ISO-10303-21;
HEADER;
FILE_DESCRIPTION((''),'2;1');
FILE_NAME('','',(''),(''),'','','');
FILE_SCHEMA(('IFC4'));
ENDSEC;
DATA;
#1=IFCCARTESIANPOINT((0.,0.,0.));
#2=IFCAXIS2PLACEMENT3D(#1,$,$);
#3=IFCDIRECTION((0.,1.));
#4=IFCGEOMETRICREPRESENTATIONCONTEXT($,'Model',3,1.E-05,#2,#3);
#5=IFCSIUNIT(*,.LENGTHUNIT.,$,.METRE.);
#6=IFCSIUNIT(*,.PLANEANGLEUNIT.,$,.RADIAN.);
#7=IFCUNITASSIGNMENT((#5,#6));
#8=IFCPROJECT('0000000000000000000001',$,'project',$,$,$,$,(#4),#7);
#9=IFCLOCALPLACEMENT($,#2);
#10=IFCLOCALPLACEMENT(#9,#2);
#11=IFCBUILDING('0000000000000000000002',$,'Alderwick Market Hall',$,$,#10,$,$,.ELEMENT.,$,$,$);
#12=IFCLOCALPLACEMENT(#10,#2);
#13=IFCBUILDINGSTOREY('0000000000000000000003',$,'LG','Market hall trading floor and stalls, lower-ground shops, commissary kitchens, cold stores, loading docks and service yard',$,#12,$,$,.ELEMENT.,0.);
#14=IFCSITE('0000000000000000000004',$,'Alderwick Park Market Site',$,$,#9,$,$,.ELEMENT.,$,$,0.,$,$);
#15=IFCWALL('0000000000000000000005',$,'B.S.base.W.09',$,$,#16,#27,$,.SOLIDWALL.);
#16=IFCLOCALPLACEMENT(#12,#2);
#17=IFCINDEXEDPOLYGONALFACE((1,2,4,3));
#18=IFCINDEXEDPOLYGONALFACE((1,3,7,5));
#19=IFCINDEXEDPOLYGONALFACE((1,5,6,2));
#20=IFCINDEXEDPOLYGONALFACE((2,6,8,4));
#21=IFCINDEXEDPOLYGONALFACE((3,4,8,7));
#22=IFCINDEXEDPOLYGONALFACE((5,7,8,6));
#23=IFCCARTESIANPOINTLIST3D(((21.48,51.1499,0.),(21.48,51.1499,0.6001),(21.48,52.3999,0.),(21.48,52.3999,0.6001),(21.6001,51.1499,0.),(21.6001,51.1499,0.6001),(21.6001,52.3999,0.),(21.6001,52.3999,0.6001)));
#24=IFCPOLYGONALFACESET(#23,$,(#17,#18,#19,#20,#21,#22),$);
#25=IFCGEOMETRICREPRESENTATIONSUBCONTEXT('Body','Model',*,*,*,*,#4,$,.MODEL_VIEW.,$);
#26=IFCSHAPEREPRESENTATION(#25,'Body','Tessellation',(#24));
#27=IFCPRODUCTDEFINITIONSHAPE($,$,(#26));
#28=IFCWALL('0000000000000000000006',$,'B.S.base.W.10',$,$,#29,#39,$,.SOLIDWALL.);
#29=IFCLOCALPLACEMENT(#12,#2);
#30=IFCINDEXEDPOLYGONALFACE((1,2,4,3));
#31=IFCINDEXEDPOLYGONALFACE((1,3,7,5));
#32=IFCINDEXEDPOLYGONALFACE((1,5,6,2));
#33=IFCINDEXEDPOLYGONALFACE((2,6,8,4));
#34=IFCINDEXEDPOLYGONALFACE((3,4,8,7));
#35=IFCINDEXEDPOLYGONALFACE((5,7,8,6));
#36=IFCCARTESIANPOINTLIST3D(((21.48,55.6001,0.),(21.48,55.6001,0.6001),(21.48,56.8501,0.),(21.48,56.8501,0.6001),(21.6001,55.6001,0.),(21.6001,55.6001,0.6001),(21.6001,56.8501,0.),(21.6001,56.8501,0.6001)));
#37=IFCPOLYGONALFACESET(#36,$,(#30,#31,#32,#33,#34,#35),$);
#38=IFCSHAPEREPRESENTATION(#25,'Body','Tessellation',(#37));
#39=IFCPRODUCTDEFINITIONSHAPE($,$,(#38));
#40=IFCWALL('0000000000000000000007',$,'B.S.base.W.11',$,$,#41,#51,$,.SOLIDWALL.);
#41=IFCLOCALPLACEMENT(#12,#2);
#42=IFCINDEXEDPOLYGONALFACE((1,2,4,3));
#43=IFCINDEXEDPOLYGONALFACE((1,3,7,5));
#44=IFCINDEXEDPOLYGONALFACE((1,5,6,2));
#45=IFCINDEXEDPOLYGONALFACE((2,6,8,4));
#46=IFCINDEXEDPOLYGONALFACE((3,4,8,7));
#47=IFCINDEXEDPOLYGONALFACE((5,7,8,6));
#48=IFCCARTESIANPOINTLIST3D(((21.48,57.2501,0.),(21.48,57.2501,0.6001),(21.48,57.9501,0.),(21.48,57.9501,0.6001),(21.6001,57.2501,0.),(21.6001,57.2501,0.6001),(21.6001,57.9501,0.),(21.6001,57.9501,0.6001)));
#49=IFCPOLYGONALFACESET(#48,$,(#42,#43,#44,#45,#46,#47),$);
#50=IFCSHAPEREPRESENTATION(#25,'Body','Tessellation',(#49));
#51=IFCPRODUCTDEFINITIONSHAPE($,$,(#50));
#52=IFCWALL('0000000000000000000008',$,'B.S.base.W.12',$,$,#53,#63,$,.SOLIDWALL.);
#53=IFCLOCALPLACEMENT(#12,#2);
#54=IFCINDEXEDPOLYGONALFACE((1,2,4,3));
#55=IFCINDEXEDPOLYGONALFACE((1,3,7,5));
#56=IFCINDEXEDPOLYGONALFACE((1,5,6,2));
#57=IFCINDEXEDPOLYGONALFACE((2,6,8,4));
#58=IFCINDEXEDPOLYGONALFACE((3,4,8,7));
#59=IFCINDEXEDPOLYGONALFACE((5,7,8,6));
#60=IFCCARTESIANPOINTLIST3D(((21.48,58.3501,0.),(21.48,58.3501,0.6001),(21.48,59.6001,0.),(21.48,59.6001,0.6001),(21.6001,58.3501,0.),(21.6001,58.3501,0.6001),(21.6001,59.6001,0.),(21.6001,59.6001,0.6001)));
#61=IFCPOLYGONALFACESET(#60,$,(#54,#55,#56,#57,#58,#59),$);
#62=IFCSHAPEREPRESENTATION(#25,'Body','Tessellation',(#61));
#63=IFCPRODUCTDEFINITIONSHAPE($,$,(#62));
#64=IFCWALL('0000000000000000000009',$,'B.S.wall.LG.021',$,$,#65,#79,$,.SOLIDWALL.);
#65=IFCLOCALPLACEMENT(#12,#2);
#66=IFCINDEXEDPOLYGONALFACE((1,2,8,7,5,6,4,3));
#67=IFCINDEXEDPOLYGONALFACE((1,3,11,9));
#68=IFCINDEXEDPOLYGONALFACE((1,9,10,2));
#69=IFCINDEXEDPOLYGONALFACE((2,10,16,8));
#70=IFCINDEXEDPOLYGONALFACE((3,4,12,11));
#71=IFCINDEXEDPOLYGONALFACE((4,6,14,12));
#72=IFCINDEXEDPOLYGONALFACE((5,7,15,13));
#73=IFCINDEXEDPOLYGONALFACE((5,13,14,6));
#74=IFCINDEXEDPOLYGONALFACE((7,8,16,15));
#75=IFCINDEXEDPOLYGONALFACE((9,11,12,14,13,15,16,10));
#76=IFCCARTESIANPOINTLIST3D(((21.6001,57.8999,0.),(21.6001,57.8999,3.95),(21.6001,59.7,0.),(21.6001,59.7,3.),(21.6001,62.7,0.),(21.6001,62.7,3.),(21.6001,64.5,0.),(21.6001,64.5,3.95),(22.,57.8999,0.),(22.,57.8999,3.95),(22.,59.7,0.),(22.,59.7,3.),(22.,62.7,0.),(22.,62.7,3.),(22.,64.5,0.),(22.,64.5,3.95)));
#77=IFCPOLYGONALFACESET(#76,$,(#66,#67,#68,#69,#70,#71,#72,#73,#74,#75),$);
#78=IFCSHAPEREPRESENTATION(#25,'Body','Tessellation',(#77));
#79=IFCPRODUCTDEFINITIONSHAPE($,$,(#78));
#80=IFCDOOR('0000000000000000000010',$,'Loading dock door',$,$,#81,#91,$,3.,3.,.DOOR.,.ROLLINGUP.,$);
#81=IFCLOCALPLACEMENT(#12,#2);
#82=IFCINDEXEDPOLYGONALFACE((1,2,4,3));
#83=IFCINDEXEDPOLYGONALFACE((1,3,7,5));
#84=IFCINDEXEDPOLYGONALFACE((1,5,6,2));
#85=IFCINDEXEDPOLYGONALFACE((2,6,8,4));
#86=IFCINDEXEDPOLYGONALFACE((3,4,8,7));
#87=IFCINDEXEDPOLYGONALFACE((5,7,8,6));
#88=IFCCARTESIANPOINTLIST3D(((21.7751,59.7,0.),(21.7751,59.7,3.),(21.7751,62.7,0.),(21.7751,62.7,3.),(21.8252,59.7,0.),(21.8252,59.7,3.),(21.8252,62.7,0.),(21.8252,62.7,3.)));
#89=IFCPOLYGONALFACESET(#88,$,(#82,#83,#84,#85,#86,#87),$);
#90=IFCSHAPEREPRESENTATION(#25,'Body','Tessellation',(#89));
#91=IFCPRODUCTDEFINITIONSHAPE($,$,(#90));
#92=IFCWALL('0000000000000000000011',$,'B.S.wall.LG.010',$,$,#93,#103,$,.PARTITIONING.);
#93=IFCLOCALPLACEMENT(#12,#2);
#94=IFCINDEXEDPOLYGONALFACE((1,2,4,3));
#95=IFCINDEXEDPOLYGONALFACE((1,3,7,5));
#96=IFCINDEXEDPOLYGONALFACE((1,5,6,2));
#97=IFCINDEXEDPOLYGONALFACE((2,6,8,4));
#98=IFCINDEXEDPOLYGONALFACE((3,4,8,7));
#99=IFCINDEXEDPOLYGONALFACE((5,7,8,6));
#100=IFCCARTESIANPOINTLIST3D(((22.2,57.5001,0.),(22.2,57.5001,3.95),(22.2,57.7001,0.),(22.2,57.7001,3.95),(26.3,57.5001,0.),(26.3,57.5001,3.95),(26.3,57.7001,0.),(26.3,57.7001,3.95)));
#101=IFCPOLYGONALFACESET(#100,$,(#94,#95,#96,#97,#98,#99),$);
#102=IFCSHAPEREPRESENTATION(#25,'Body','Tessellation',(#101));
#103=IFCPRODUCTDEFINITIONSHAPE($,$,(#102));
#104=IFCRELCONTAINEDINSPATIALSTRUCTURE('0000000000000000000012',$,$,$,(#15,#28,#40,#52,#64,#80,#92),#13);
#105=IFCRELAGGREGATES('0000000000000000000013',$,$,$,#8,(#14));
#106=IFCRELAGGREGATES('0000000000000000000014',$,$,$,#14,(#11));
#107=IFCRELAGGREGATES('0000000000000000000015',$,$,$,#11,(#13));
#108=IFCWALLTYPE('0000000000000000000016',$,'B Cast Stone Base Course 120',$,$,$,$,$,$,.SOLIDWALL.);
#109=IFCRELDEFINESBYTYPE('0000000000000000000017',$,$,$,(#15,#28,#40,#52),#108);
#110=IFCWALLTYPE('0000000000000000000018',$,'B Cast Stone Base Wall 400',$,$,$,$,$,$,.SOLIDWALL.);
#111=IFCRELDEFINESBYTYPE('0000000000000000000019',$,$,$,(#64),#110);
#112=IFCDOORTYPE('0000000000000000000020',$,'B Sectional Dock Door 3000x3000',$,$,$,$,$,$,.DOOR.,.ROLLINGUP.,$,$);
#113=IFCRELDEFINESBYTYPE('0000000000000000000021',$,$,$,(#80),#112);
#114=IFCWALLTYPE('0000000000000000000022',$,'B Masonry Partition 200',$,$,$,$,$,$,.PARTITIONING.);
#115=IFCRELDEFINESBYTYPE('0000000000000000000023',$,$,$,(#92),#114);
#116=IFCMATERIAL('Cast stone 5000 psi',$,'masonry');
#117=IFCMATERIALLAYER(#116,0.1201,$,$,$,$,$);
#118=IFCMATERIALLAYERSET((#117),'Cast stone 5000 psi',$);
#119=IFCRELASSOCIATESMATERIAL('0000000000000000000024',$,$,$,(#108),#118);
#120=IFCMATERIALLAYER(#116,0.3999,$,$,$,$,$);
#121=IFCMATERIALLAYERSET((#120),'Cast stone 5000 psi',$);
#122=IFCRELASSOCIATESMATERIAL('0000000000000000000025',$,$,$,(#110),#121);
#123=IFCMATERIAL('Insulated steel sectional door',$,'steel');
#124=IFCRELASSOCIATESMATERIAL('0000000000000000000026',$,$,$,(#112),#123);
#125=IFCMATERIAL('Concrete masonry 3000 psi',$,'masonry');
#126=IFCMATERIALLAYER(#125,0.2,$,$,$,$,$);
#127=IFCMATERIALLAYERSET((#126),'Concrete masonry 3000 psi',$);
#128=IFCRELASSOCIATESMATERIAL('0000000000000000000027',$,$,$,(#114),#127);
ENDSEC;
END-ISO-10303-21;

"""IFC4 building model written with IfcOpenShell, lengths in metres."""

from ifc_helpers import new_model, si_unit, direction, frame, frame_2d, origin, place, context, subcontext, project, spatial, rectangle, extrude, material, layer, layer_set, type_object, element, fill, save


model = new_model("IFC4")

# Units and contexts
model_context = context("Model", 3, precision=1e-05, world=origin(), true_north=direction((0.0, 1.0)))
body_context = subcontext(model_context, "Body", "Model", "MODEL_VIEW")
ifc_project = project(units=[si_unit("LENGTHUNIT", "METRE"), si_unit("PLANEANGLEUNIT", "RADIAN")], contexts=[model_context])

# Site, building, storey
site_placement = place(None, origin())
site = spatial("IfcSite", under=ifc_project, at=site_placement, Name="Alderwick Park Market Site", CompositionType="ELEMENT", RefElevation=0.0)
building_placement = place(site_placement, origin())
building = spatial("IfcBuilding", under=site, at=building_placement, Name="Alderwick Market Hall", CompositionType="ELEMENT")
storey_placement = place(building_placement, origin())
storey = spatial("IfcBuildingStorey", under=building, at=storey_placement, Name="LG", Description="Market hall trading floor and stalls, lower-ground shops, commissary kitchens, cold stores, loading docks and service yard", CompositionType="ELEMENT", Elevation=0.0)

# Walls
ifc_material_1 = material(Name="Cast stone 5000 psi", Category="masonry")
ifc_layer_1 = layer(ifc_material_1, 0.1201)
ifc_layer_set_1 = layer_set([ifc_layer_1], Name="Cast stone 5000 psi")
wall_type_1 = type_object("IfcWallType", Name="B Cast Stone Base Course 120", PredefinedType="SOLIDWALL", material=ifc_layer_set_1)
for number, where, z_axis, x_axis, name in (
    (1, (21.54, 51.1499, 0.0), (0.0, 0.0, 1.0), (0.0, 1.0, 0.0), "B.S.base.W.09"),
    (2, (21.54, 55.6001, 0.0), (0.0, 0.0, 1.0), (0.0, 1.0, 0.0), "B.S.base.W.10"),
):
    element("IfcWall", number, at=place(storey_placement, frame(where, z_axis=z_axis, x_axis=x_axis)), inside=storey, type_object=wall_type_1, Name=name, PredefinedType="SOLIDWALL", context=body_context, shape_type="SweptSolid", body=[
        extrude(rectangle(XDim=1.25, YDim=0.1201, at=frame_2d((0.625, 0.0))), origin(), (0.0, 0.0, 1.0), 0.6001),
    ])
wall_1_placement = place(storey_placement, frame((21.54, 57.25, 0.0), z_axis=(0.0, 0.0, 1.0), x_axis=(0.0, 1.0, 0.0)))
element("IfcWall", 3, at=wall_1_placement, inside=storey, type_object=wall_type_1, Name="B.S.base.W.11", PredefinedType="SOLIDWALL", context=body_context, shape_type="SweptSolid", body=[
    extrude(rectangle(XDim=0.7, YDim=0.1201, at=frame_2d((0.3501, 0.0))), origin(), (0.0, 0.0, 1.0), 0.6001),
])
wall_2_placement = place(storey_placement, frame((21.54, 58.3501, 0.0), z_axis=(0.0, 0.0, 1.0), x_axis=(0.0, 1.0, 0.0)))
element("IfcWall", 4, at=wall_2_placement, inside=storey, type_object=wall_type_1, Name="B.S.base.W.12", PredefinedType="SOLIDWALL", context=body_context, shape_type="SweptSolid", body=[
    extrude(rectangle(XDim=1.25, YDim=0.1201, at=frame_2d((0.625, 0.0))), origin(), (0.0, 0.0, 1.0), 0.6001),
])

# Wall, opening, door
ifc_layer_2 = layer(ifc_material_1, 0.3999)
ifc_layer_set_2 = layer_set([ifc_layer_2], Name="Cast stone 5000 psi")
wall_type_2 = type_object("IfcWallType", Name="B Cast Stone Base Wall 400", PredefinedType="SOLIDWALL", material=ifc_layer_set_2)
wall_3_placement = place(storey_placement, frame((21.8, 57.8999, 0.0), z_axis=(0.0, 0.0, 1.0), x_axis=(0.0, 1.0, 0.0)))
wall_3 = element("IfcWall", 5, at=wall_3_placement, inside=storey, type_object=wall_type_2, Name="B.S.wall.LG.021", PredefinedType="SOLIDWALL", context=body_context, shape_type="SweptSolid", body=[
    extrude(rectangle(XDim=6.6001, YDim=0.3999, at=frame_2d((3.3, 0.0))), origin(), (0.0, 0.0, 1.0), 3.95),
])
opening_placement = place(wall_3_placement, frame((1.8, 0.0, 0.0)))
opening = element("IfcOpeningElement", 6, at=opening_placement, cuts=wall_3, PredefinedType="OPENING", context=body_context, shape_type="SweptSolid", body=[
    extrude(rectangle(XDim=3.0, YDim=3.0, at=frame_2d((1.5, 1.5))), frame((0.0, 0.21, 0.0), z_axis=(0.0, -1.0, 0.0), x_axis=(1.0, 0.0, 0.0)), (0.0, 0.0, 1.0), 0.4199),
])
ifc_material_2 = material(Name="Insulated steel sectional door", Category="steel")
door_type = type_object("IfcDoorType", Name="B Sectional Dock Door 3000x3000", OperationType="ROLLINGUP", PredefinedType="DOOR", material=ifc_material_2)
door_placement = place(opening_placement, origin())
door = element("IfcDoor", 7, at=door_placement, inside=storey, type_object=door_type, Name="Loading dock door", OperationType="ROLLINGUP", OverallHeight=3.0, OverallWidth=3.0, PredefinedType="DOOR", context=body_context, shape_type="SweptSolid", body=[
    extrude(rectangle(XDim=3.0, YDim=3.0, at=frame_2d((1.5, 1.5))), frame((0.0, 0.0249, 0.0), z_axis=(0.0, -1.0, 0.0), x_axis=(1.0, 0.0, 0.0)), (0.0, 0.0, 1.0), 0.05),
])
fill(opening, door)

# Wall
ifc_material_3 = material(Name="Concrete masonry 3000 psi", Category="masonry")
ifc_layer_3 = layer(ifc_material_3, 0.2)
ifc_layer_set_3 = layer_set([ifc_layer_3], Name="Concrete masonry 3000 psi")
wall_type_3 = type_object("IfcWallType", Name="B Masonry Partition 200", PredefinedType="PARTITIONING", material=ifc_layer_set_3)
wall_4_placement = place(storey_placement, frame((22.2, 57.6001, 0.0), z_axis=(0.0, 0.0, 1.0), x_axis=(1.0, 0.0, 0.0)))
element("IfcWall", 8, at=wall_4_placement, inside=storey, type_object=wall_type_3, Name="B.S.wall.LG.010", PredefinedType="PARTITIONING", context=body_context, shape_type="SweptSolid", body=[
    extrude(rectangle(XDim=4.1001, YDim=0.2, at=frame_2d((2.05, 0.0))), origin(), (0.0, 0.0, 1.0), 3.95),
])

save(model, "model.ifc")
